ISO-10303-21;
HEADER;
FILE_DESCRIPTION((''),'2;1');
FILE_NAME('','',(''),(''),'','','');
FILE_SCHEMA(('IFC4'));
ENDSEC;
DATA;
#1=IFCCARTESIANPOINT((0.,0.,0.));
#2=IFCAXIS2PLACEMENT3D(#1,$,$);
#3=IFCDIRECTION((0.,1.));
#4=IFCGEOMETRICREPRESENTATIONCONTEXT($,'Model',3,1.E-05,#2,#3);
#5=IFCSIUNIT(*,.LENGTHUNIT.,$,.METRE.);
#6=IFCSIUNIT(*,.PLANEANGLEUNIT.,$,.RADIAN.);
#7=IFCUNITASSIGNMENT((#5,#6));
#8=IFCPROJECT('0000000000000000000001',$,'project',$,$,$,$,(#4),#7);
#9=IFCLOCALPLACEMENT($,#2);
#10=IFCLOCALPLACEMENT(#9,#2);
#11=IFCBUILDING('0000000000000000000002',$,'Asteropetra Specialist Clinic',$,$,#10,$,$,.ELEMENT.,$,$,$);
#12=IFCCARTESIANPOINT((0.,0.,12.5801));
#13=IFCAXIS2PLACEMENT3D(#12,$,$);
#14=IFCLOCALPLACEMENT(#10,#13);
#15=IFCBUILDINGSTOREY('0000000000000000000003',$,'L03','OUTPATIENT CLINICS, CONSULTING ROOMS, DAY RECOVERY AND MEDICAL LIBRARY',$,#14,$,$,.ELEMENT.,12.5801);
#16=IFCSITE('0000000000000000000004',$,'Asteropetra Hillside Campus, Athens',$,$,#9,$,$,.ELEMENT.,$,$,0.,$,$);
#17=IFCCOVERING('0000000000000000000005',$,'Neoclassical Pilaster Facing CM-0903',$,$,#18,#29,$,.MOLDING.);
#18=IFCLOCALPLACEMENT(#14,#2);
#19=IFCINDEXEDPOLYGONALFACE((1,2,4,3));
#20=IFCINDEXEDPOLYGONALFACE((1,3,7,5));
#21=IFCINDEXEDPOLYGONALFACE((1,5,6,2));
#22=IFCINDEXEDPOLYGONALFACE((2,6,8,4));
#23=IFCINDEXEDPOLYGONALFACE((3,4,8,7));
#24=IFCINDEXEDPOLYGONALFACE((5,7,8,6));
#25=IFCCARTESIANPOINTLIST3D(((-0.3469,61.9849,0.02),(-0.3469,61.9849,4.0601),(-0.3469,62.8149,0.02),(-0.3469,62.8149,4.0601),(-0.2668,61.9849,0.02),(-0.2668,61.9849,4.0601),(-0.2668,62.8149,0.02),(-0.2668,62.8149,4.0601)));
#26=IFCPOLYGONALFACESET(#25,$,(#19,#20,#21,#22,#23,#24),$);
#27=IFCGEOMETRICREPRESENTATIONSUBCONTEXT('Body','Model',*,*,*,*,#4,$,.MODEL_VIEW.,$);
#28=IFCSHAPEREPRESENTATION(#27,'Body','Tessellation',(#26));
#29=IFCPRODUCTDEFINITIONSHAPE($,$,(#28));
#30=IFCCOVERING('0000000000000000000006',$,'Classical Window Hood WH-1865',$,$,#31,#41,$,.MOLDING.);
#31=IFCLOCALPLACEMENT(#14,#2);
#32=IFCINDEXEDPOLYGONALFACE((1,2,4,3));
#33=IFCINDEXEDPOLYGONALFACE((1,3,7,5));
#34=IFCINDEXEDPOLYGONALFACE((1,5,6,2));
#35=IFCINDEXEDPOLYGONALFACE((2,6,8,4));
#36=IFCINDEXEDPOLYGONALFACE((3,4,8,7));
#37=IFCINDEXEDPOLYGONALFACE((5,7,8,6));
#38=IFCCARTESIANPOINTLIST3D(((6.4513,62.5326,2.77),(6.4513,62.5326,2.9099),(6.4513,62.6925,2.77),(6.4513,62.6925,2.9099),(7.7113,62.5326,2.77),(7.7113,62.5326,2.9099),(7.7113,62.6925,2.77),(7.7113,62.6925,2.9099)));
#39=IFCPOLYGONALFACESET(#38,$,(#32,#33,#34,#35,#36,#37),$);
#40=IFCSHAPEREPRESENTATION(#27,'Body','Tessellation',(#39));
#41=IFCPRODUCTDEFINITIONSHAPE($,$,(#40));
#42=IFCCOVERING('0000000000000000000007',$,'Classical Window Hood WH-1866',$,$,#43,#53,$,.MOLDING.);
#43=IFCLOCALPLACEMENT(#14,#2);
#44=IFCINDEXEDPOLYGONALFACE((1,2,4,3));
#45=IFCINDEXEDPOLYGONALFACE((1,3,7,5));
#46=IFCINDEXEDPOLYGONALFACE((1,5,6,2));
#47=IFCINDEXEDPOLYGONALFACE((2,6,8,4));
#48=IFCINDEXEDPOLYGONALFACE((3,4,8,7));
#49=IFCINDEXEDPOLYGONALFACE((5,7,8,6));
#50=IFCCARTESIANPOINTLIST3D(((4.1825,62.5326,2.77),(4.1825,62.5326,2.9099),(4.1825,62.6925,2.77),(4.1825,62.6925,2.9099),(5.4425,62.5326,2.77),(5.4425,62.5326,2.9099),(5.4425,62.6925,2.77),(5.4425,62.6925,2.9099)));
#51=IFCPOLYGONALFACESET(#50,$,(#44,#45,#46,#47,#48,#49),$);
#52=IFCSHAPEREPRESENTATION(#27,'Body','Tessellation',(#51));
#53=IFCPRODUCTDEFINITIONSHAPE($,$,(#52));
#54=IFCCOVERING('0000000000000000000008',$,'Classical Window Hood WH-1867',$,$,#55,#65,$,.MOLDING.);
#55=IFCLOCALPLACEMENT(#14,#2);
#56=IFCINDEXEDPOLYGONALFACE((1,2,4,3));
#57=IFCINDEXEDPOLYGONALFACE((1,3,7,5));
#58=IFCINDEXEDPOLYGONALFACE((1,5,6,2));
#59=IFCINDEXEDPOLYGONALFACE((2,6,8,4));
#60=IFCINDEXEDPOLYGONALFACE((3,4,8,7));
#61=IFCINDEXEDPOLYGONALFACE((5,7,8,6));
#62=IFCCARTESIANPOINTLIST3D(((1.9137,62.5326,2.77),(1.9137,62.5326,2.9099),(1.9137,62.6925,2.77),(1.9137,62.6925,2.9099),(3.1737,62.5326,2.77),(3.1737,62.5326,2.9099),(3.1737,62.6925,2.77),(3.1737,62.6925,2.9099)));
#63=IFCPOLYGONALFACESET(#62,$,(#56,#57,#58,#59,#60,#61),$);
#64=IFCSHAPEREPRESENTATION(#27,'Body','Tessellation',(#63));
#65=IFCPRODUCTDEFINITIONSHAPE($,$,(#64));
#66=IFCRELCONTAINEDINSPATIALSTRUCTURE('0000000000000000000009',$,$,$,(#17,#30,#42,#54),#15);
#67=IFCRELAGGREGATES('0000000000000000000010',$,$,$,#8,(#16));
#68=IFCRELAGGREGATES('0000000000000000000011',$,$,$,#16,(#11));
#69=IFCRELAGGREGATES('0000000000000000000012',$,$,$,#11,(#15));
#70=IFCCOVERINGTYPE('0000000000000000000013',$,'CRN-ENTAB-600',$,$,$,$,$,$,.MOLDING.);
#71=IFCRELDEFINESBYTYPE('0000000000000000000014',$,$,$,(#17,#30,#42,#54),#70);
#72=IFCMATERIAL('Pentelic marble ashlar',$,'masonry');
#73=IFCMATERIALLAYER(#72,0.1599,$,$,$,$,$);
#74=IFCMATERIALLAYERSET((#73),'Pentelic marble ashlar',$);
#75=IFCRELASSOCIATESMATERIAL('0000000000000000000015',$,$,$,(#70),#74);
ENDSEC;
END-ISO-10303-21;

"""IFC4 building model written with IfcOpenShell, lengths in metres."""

from ifc_helpers import new_model, si_unit, direction, frame, origin, origin_2d, place, context, subcontext, project, spatial, rectangle, extrude, material, layer, layer_set, type_object, element, save


model = new_model("IFC4")

# Units and contexts
model_context = context("Model", 3, precision=1e-05, world=origin(), true_north=direction((0.0, 1.0)))
body_context = subcontext(model_context, "Body", "Model", "MODEL_VIEW")
ifc_project = project(units=[si_unit("LENGTHUNIT", "METRE"), si_unit("PLANEANGLEUNIT", "RADIAN")], contexts=[model_context])

# Site, building, storey
site_placement = place(None, origin())
site = spatial("IfcSite", under=ifc_project, at=site_placement, Name="Asteropetra Hillside Campus, Athens", CompositionType="ELEMENT", RefElevation=0.0)
building_placement = place(site_placement, origin())
building = spatial("IfcBuilding", under=site, at=building_placement, Name="Asteropetra Specialist Clinic", CompositionType="ELEMENT")
storey_placement = place(building_placement, frame((0.0, 0.0, 12.5801)))
storey = spatial("IfcBuildingStorey", under=building, at=storey_placement, Name="L03", Description="OUTPATIENT CLINICS, CONSULTING ROOMS, DAY RECOVERY AND MEDICAL LIBRARY", CompositionType="ELEMENT", Elevation=12.5801)

# Coverings
ifc_material_1 = material(Name="Pentelic marble ashlar", Category="masonry")
ifc_layer_1 = layer(ifc_material_1, 0.1599)
ifc_layer_set_1 = layer_set([ifc_layer_1], Name="Pentelic marble ashlar")
covering_type_1 = type_object("IfcCoveringType", Name="CRN-ENTAB-600", PredefinedType="MOLDING", material=ifc_layer_set_1)
covering_1_placement = place(storey_placement, frame((-0.3069, 62.3999, 0.02), z_axis=(0.0, 0.0, 1.0), x_axis=(1.0, 0.0, 0.0)))
element("IfcCovering", 1, at=covering_1_placement, inside=storey, type_object=covering_type_1, Name="Neoclassical Pilaster Facing CM-0903", PredefinedType="MOLDING", context=body_context, shape_type="SweptSolid", body=[
    extrude(rectangle(XDim=0.0801, YDim=0.8301, at=origin_2d()), origin(), (0.0, 0.0, 1.0), 4.04),
])
for number, where, z_axis, x_axis, name in (
    (2, (7.0813, 62.6125, 2.77), (0.0, 0.0, 1.0), (1.0, 0.0, 0.0), "Classical Window Hood WH-1865"),
    (3, (4.8125, 62.6125, 2.77), (0.0, 0.0, 1.0), (1.0, 0.0, 0.0), "Classical Window Hood WH-1866"),
    (4, (2.5437, 62.6125, 2.77), (0.0, 0.0, 1.0), (1.0, 0.0, 0.0), "Classical Window Hood WH-1867"),
):
    element("IfcCovering", number, at=place(storey_placement, frame(where, z_axis=z_axis, x_axis=x_axis)), inside=storey, type_object=covering_type_1, Name=name, PredefinedType="MOLDING", context=body_context, shape_type="SweptSolid", body=[
        extrude(rectangle(XDim=1.26, YDim=0.1599, at=origin_2d()), origin(), (0.0, 0.0, 1.0), 0.1399),
    ])

save(model, "model.ifc")
